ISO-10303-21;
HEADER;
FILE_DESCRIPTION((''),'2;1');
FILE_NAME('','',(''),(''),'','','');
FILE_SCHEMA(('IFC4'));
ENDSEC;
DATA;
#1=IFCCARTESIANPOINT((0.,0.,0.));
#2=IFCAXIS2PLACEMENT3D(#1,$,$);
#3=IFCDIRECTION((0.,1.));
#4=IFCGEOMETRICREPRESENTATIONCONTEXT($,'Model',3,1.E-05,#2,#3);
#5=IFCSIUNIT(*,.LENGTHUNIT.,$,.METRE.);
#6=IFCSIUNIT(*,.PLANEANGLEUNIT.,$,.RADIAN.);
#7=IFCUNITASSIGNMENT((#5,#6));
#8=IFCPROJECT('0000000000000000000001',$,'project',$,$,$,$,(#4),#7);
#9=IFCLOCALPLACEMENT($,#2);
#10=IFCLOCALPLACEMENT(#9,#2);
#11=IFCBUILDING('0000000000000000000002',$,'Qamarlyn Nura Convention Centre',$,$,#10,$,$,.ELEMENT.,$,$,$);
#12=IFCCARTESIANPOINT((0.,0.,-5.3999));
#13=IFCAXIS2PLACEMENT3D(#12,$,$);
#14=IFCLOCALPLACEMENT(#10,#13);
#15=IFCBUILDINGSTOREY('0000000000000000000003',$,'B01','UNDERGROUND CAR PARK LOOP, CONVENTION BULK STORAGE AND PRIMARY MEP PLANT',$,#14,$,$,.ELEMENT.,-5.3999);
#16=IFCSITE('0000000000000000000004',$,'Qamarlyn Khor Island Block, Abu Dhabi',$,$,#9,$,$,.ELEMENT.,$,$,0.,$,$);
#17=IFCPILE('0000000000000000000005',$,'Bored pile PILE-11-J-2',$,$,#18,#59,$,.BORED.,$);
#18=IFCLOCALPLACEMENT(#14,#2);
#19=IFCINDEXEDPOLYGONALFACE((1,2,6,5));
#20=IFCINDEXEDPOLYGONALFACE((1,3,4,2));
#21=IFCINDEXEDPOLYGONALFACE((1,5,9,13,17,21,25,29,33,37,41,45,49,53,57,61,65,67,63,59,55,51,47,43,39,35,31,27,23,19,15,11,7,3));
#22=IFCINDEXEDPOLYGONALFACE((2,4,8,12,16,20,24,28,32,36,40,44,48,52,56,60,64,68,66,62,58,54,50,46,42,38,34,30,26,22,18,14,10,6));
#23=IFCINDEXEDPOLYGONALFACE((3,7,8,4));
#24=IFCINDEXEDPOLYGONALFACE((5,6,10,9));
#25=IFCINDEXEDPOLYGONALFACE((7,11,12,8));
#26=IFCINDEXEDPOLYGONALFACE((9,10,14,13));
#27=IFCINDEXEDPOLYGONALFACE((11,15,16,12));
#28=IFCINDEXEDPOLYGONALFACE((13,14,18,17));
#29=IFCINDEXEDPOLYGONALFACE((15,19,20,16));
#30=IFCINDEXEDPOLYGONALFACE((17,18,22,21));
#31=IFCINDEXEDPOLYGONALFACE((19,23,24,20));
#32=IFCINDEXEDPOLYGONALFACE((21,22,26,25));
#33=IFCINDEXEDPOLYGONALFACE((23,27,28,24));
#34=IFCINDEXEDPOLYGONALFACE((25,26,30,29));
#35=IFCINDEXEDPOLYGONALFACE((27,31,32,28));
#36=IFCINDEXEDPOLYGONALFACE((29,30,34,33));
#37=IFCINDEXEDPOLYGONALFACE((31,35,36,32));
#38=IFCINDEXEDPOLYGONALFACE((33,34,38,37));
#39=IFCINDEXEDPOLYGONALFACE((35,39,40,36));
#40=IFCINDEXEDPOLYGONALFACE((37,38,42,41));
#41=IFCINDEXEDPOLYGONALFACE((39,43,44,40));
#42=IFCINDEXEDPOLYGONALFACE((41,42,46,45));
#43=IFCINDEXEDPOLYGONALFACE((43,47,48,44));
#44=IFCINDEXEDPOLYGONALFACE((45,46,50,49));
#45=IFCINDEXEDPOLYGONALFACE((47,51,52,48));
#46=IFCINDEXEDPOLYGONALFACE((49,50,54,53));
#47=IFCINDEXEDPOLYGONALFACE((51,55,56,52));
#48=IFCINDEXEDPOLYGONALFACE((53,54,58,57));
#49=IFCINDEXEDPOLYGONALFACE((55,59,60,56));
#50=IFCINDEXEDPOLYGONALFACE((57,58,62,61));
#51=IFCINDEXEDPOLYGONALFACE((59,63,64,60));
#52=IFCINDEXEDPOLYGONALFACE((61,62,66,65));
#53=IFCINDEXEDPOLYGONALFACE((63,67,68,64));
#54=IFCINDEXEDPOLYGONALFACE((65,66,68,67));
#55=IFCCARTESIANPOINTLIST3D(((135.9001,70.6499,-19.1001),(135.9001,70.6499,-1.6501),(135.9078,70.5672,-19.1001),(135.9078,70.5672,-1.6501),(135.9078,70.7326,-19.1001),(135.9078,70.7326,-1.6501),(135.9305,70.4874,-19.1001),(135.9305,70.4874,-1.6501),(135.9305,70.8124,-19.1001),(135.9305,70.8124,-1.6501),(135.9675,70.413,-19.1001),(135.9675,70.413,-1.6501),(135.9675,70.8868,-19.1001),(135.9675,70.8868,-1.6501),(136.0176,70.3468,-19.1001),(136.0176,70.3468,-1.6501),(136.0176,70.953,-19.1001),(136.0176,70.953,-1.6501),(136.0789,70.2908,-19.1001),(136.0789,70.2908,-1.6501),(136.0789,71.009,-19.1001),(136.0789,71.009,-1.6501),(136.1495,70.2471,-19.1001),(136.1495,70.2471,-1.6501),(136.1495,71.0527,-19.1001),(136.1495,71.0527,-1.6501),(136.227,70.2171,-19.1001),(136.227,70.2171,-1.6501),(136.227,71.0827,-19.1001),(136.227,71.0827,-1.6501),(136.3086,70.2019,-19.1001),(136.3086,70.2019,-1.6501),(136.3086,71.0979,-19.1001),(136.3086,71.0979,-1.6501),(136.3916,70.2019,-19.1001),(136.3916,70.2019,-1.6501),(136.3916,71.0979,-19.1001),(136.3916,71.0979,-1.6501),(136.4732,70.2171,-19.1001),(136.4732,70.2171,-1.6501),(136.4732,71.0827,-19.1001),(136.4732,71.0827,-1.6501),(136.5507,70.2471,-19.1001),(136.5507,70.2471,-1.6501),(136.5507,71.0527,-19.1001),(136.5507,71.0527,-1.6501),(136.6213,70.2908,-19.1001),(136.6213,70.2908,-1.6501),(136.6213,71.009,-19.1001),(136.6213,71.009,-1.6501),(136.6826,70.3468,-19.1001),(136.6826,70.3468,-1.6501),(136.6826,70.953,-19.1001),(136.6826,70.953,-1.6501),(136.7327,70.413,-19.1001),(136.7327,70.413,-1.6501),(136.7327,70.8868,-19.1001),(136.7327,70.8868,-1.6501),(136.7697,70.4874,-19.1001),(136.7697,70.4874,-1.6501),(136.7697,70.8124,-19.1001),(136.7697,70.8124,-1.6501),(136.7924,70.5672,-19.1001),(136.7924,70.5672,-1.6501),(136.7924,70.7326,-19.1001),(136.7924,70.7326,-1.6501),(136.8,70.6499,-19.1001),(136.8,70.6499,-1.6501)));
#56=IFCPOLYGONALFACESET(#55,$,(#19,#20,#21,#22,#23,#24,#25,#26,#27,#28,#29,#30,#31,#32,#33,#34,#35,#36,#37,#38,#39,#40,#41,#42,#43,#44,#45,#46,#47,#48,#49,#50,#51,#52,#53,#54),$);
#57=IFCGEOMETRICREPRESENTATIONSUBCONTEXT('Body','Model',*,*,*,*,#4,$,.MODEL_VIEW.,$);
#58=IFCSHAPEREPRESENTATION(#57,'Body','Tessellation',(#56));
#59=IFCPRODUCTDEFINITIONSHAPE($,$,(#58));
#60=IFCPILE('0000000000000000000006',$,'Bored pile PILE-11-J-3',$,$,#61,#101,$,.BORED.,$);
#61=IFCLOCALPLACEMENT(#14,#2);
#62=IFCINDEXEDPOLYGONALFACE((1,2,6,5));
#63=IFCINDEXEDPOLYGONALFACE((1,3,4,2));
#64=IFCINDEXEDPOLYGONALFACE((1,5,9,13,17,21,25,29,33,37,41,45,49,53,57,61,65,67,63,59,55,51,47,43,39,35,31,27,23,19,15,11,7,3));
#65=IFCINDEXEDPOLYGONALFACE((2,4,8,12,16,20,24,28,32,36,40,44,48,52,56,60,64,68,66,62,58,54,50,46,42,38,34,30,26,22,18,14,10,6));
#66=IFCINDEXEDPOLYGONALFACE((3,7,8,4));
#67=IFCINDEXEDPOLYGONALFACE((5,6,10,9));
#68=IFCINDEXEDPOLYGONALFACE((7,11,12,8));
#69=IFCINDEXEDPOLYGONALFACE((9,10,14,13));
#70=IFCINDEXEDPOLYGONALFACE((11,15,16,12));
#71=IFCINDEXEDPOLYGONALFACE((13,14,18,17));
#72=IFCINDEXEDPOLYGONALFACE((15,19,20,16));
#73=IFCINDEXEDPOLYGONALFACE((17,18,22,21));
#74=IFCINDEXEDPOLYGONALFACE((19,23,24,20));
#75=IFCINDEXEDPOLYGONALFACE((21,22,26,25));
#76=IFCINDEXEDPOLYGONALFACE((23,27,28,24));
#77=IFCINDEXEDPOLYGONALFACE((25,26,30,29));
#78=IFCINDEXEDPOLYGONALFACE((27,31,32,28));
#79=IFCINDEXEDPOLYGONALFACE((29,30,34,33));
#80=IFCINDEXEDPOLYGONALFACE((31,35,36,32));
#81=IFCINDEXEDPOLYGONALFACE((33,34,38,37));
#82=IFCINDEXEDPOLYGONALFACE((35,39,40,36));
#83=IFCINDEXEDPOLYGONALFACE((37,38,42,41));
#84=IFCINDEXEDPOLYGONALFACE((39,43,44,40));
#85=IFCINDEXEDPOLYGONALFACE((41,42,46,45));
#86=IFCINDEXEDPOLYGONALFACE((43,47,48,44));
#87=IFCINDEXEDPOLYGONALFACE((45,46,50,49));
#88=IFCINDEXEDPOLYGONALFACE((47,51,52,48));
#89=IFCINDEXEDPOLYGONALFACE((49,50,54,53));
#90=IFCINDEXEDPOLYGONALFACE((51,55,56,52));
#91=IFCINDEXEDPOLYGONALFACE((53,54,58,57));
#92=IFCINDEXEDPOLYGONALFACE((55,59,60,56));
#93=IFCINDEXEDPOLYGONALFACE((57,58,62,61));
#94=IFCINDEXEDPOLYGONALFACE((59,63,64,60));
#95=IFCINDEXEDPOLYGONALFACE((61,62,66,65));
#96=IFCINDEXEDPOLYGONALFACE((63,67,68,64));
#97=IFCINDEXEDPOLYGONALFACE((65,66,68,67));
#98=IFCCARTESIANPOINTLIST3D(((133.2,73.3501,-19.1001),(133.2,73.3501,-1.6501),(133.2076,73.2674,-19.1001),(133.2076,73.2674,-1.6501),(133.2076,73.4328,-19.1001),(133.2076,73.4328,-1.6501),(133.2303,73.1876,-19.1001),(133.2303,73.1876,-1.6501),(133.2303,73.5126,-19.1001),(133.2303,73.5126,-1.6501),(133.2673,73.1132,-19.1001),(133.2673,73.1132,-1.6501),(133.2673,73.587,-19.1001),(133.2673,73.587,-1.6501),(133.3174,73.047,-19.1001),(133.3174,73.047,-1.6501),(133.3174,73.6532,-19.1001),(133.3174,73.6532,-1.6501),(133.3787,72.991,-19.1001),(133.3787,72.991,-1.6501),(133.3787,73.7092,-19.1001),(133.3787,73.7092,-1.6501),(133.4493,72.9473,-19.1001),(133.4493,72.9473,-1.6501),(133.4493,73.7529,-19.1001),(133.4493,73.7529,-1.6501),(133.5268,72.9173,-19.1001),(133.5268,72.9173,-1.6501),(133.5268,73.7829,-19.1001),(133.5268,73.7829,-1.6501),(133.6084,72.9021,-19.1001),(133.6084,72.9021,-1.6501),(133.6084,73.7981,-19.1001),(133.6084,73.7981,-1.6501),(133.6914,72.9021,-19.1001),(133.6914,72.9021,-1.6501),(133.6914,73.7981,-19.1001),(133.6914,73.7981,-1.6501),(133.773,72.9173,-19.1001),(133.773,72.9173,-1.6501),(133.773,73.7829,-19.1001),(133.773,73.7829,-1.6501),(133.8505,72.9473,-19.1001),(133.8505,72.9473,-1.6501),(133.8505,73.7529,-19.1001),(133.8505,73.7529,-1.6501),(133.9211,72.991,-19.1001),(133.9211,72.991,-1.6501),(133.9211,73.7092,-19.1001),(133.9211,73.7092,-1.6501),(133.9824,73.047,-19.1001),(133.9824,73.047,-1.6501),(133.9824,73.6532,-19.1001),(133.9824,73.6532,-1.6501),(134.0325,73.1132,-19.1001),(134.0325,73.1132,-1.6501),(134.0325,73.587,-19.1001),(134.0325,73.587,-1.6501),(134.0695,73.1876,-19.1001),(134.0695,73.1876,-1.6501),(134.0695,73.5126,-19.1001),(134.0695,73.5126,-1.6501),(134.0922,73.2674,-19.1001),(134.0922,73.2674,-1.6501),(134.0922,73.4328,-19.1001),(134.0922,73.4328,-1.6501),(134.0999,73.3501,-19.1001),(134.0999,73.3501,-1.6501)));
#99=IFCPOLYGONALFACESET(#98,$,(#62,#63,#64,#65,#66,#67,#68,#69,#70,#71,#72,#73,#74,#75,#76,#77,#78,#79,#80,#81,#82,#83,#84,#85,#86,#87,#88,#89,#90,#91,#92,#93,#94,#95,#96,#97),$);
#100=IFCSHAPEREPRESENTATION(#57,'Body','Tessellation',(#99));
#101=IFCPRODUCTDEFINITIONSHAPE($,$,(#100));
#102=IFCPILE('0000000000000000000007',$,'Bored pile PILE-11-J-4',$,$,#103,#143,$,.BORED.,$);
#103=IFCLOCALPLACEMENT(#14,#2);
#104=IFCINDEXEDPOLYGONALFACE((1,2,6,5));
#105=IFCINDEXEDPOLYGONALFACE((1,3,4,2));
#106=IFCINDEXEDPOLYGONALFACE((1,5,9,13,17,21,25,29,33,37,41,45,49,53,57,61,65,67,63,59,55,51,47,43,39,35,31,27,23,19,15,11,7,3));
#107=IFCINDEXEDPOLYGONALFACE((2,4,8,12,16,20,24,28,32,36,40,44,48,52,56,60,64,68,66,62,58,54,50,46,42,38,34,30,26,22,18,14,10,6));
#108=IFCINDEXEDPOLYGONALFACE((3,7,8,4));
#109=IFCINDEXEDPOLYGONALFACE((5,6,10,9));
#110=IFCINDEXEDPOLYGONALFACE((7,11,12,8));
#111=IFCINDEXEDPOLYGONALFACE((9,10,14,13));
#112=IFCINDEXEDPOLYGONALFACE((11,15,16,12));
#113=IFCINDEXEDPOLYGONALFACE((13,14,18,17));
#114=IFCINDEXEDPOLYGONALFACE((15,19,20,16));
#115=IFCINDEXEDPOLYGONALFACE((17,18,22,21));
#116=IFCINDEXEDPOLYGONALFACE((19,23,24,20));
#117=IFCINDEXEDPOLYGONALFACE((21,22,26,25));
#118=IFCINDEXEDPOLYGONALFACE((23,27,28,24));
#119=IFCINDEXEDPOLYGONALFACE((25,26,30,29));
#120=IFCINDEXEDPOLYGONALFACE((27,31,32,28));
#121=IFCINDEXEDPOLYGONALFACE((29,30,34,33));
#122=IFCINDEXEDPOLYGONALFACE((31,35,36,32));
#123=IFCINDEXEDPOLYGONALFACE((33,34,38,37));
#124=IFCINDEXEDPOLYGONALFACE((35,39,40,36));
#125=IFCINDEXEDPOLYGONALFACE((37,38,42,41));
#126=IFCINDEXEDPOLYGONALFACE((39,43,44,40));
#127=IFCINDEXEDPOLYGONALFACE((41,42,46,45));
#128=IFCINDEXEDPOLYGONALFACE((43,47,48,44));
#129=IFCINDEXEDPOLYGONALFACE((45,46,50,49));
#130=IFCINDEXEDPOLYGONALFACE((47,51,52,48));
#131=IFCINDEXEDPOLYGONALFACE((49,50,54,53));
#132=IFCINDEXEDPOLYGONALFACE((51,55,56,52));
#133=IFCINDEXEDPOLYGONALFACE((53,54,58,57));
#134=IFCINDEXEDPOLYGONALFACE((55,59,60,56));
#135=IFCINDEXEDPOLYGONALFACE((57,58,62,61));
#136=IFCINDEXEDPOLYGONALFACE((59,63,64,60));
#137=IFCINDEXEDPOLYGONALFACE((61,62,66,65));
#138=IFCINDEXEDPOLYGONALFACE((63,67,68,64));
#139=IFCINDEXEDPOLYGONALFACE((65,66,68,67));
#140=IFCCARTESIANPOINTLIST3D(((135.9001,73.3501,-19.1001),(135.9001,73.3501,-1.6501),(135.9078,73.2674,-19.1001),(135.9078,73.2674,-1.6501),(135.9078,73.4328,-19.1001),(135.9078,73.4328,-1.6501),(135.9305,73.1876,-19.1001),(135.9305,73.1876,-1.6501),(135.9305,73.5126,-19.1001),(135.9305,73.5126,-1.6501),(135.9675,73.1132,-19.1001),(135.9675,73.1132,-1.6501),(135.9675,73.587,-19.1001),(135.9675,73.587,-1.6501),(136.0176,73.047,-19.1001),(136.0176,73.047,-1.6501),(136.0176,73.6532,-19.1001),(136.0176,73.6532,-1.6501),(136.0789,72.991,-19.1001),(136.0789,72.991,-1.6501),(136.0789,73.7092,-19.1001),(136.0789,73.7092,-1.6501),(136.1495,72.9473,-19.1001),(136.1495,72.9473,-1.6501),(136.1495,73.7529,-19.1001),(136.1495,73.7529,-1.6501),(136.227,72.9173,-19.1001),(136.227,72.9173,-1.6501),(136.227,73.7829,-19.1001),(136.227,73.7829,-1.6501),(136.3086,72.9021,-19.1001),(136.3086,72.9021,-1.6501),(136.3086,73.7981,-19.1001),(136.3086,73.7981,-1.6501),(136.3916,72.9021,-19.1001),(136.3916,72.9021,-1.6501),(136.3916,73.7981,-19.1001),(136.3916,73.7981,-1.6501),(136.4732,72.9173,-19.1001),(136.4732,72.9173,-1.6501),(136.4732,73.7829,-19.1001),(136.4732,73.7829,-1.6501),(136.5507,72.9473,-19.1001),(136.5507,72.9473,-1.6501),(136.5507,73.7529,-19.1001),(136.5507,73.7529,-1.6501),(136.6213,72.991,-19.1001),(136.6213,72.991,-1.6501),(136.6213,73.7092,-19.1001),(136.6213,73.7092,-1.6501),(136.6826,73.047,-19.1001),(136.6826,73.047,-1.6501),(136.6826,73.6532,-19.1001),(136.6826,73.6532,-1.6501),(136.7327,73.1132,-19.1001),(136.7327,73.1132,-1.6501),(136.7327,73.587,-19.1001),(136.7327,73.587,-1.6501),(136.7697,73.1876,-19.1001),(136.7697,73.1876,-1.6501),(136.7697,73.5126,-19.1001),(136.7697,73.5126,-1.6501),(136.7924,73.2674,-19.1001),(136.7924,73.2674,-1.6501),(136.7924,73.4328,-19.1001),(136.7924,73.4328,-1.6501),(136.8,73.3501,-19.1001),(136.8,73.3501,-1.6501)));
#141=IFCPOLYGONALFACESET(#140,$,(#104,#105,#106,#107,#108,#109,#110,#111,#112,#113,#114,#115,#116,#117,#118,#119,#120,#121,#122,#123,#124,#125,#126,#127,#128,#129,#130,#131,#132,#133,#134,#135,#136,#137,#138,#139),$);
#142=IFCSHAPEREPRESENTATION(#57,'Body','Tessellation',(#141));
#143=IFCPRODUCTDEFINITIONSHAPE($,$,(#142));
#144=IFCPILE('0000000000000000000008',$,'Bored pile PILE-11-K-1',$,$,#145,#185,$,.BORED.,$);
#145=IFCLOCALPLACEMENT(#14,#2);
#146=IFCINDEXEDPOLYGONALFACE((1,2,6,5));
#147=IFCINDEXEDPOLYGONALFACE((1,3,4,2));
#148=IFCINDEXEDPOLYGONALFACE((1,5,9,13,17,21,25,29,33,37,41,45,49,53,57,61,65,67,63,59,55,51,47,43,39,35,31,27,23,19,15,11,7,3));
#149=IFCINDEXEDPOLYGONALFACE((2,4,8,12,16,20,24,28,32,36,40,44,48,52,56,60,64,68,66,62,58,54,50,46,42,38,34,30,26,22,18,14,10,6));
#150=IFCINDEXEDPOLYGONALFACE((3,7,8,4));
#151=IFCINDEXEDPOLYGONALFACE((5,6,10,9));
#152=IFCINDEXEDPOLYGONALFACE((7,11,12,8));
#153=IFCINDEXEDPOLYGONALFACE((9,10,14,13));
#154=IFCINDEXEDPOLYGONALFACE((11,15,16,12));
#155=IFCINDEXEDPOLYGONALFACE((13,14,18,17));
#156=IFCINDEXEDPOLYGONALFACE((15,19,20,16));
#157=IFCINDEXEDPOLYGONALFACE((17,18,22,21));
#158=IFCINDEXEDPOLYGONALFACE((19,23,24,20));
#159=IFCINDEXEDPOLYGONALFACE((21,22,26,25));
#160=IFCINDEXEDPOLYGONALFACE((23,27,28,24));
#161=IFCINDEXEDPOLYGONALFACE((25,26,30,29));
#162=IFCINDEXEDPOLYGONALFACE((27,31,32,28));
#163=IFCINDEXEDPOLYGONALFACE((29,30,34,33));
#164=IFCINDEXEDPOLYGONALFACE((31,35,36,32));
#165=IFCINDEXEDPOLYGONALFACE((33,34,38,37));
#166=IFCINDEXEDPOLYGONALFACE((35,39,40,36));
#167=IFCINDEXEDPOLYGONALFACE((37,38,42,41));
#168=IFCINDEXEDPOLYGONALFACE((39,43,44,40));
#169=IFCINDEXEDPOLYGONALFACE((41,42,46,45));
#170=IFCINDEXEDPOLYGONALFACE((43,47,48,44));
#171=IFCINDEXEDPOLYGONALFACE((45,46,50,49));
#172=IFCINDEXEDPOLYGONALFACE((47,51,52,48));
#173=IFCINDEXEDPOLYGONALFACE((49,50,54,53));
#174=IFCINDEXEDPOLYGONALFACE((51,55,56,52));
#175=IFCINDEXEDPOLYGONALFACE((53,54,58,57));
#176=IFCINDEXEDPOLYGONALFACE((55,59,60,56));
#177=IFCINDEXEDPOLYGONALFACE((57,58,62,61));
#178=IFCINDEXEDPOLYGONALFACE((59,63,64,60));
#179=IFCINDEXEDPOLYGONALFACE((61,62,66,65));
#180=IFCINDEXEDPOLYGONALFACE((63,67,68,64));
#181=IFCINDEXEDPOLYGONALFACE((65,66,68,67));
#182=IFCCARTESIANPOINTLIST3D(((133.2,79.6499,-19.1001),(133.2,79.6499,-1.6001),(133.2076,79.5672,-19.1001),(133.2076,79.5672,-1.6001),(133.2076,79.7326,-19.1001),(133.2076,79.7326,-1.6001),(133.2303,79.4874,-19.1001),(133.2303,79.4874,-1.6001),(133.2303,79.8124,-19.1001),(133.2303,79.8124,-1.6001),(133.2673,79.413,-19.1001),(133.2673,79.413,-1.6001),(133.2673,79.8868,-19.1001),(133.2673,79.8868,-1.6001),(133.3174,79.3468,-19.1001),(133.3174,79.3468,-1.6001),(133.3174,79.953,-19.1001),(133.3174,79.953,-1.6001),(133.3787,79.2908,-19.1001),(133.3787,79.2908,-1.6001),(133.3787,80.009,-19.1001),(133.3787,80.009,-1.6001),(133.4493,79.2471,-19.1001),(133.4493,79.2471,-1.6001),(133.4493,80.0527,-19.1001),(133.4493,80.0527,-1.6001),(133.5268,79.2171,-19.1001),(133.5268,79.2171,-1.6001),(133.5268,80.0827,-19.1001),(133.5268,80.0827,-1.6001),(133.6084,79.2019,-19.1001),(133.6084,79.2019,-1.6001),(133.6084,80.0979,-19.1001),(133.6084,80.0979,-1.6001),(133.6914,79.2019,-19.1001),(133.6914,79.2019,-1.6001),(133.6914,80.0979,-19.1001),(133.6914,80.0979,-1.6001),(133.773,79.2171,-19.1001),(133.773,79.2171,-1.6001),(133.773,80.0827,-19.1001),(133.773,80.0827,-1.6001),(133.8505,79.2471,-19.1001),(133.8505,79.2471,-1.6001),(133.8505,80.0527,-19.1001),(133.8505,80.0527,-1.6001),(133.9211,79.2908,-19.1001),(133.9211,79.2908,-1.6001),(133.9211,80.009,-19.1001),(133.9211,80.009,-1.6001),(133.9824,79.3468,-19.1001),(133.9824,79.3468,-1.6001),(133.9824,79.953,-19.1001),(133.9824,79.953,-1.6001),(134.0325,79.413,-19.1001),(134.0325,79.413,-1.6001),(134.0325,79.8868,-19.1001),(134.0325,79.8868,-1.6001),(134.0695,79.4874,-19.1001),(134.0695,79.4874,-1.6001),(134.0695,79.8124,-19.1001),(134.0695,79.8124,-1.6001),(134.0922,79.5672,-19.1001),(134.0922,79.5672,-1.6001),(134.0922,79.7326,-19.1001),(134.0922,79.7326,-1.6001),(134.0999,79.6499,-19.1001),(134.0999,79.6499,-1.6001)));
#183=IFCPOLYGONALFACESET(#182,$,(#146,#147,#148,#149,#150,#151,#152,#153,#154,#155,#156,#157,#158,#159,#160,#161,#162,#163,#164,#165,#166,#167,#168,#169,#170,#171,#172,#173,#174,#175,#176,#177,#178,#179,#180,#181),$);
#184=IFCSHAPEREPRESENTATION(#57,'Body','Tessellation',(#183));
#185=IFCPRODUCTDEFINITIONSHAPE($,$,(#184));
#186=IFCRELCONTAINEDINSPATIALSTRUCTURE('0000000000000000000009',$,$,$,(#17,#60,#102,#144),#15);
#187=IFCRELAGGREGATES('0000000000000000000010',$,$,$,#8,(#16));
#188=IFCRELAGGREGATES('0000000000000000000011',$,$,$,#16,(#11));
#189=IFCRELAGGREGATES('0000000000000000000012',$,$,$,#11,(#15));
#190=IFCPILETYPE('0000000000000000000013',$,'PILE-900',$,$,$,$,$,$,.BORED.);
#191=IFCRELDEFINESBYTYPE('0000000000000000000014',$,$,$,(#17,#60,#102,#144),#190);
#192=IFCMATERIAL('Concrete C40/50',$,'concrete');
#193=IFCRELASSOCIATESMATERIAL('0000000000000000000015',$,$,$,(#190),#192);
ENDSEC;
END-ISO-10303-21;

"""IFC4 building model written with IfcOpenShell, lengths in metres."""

from ifc_helpers import new_model, si_unit, direction, frame, origin, origin_2d, place, context, subcontext, project, spatial, circle, extrude, material, material_profile, profile_set, type_object, element, save


model = new_model("IFC4")

# Units and contexts
model_context = context("Model", 3, precision=1e-05, world=origin(), true_north=direction((0.0, 1.0)))
body_context = subcontext(model_context, "Body", "Model", "MODEL_VIEW")
ifc_project = project(units=[si_unit("LENGTHUNIT", "METRE"), si_unit("PLANEANGLEUNIT", "RADIAN")], contexts=[model_context])

# Site, building, storey
site_placement = place(None, origin())
site = spatial("IfcSite", under=ifc_project, at=site_placement, Name="Qamarlyn Khor Island Block, Abu Dhabi", CompositionType="ELEMENT", RefElevation=0.0)
building_placement = place(site_placement, origin())
building = spatial("IfcBuilding", under=site, at=building_placement, Name="Qamarlyn Nura Convention Centre", CompositionType="ELEMENT")
storey_placement = place(building_placement, frame((0.0, 0.0, -5.3999)))
storey = spatial("IfcBuildingStorey", under=building, at=storey_placement, Name="B01", Description="UNDERGROUND CAR PARK LOOP, CONVENTION BULK STORAGE AND PRIMARY MEP PLANT", CompositionType="ELEMENT", Elevation=-5.3999)

# Shared definitions
ifc_material_1 = material(Name="Concrete C40/50", Category="concrete")

# Piles
ifc_material_profile_1 = material_profile(ifc_material_1, circle(Radius=0.45, at=origin_2d()), Name="BORED PILE 900")
ifc_profile_set_1 = profile_set([ifc_material_profile_1], Name="Concrete C40/50")
pile_type = type_object("IfcPileType", Name="PILE-900", PredefinedType="BORED", material=ifc_profile_set_1)
for number, where, z_axis, x_axis, name in (
    (1, (136.3501, 70.6499, -1.6501), (0.0, 0.0, -1.0), (1.0, 0.0, 0.0), "Bored pile PILE-11-J-2"),
    (2, (133.6499, 73.3501, -1.6501), (0.0, 0.0, -1.0), (1.0, 0.0, 0.0), "Bored pile PILE-11-J-3"),
    (3, (136.3501, 73.3501, -1.6501), (0.0, 0.0, -1.0), (1.0, 0.0, 0.0), "Bored pile PILE-11-J-4"),
):
    element("IfcPile", number, at=place(storey_placement, frame(where, z_axis=z_axis, x_axis=x_axis)), inside=storey, type_object=pile_type, Name=name, PredefinedType="BORED", context=body_context, shape_type="SweptSolid", body=[
        extrude(circle(Radius=0.45, at=origin_2d()), origin(), (0.0, 0.0, 1.0), 17.45),
    ])
for number, where, z_axis, x_axis, name in (
    (4, (133.6499, 79.6499, -1.6001), (0.0, 0.0, -1.0), (1.0, 0.0, 0.0), "Bored pile PILE-11-K-1"),
):
    element("IfcPile", number, at=place(storey_placement, frame(where, z_axis=z_axis, x_axis=x_axis)), inside=storey, type_object=pile_type, Name=name, PredefinedType="BORED", context=body_context, shape_type="SweptSolid", body=[
        extrude(circle(Radius=0.45, at=origin_2d()), origin(), (0.0, 0.0, 1.0), 17.5),
    ])

save(model, "model.ifc")
